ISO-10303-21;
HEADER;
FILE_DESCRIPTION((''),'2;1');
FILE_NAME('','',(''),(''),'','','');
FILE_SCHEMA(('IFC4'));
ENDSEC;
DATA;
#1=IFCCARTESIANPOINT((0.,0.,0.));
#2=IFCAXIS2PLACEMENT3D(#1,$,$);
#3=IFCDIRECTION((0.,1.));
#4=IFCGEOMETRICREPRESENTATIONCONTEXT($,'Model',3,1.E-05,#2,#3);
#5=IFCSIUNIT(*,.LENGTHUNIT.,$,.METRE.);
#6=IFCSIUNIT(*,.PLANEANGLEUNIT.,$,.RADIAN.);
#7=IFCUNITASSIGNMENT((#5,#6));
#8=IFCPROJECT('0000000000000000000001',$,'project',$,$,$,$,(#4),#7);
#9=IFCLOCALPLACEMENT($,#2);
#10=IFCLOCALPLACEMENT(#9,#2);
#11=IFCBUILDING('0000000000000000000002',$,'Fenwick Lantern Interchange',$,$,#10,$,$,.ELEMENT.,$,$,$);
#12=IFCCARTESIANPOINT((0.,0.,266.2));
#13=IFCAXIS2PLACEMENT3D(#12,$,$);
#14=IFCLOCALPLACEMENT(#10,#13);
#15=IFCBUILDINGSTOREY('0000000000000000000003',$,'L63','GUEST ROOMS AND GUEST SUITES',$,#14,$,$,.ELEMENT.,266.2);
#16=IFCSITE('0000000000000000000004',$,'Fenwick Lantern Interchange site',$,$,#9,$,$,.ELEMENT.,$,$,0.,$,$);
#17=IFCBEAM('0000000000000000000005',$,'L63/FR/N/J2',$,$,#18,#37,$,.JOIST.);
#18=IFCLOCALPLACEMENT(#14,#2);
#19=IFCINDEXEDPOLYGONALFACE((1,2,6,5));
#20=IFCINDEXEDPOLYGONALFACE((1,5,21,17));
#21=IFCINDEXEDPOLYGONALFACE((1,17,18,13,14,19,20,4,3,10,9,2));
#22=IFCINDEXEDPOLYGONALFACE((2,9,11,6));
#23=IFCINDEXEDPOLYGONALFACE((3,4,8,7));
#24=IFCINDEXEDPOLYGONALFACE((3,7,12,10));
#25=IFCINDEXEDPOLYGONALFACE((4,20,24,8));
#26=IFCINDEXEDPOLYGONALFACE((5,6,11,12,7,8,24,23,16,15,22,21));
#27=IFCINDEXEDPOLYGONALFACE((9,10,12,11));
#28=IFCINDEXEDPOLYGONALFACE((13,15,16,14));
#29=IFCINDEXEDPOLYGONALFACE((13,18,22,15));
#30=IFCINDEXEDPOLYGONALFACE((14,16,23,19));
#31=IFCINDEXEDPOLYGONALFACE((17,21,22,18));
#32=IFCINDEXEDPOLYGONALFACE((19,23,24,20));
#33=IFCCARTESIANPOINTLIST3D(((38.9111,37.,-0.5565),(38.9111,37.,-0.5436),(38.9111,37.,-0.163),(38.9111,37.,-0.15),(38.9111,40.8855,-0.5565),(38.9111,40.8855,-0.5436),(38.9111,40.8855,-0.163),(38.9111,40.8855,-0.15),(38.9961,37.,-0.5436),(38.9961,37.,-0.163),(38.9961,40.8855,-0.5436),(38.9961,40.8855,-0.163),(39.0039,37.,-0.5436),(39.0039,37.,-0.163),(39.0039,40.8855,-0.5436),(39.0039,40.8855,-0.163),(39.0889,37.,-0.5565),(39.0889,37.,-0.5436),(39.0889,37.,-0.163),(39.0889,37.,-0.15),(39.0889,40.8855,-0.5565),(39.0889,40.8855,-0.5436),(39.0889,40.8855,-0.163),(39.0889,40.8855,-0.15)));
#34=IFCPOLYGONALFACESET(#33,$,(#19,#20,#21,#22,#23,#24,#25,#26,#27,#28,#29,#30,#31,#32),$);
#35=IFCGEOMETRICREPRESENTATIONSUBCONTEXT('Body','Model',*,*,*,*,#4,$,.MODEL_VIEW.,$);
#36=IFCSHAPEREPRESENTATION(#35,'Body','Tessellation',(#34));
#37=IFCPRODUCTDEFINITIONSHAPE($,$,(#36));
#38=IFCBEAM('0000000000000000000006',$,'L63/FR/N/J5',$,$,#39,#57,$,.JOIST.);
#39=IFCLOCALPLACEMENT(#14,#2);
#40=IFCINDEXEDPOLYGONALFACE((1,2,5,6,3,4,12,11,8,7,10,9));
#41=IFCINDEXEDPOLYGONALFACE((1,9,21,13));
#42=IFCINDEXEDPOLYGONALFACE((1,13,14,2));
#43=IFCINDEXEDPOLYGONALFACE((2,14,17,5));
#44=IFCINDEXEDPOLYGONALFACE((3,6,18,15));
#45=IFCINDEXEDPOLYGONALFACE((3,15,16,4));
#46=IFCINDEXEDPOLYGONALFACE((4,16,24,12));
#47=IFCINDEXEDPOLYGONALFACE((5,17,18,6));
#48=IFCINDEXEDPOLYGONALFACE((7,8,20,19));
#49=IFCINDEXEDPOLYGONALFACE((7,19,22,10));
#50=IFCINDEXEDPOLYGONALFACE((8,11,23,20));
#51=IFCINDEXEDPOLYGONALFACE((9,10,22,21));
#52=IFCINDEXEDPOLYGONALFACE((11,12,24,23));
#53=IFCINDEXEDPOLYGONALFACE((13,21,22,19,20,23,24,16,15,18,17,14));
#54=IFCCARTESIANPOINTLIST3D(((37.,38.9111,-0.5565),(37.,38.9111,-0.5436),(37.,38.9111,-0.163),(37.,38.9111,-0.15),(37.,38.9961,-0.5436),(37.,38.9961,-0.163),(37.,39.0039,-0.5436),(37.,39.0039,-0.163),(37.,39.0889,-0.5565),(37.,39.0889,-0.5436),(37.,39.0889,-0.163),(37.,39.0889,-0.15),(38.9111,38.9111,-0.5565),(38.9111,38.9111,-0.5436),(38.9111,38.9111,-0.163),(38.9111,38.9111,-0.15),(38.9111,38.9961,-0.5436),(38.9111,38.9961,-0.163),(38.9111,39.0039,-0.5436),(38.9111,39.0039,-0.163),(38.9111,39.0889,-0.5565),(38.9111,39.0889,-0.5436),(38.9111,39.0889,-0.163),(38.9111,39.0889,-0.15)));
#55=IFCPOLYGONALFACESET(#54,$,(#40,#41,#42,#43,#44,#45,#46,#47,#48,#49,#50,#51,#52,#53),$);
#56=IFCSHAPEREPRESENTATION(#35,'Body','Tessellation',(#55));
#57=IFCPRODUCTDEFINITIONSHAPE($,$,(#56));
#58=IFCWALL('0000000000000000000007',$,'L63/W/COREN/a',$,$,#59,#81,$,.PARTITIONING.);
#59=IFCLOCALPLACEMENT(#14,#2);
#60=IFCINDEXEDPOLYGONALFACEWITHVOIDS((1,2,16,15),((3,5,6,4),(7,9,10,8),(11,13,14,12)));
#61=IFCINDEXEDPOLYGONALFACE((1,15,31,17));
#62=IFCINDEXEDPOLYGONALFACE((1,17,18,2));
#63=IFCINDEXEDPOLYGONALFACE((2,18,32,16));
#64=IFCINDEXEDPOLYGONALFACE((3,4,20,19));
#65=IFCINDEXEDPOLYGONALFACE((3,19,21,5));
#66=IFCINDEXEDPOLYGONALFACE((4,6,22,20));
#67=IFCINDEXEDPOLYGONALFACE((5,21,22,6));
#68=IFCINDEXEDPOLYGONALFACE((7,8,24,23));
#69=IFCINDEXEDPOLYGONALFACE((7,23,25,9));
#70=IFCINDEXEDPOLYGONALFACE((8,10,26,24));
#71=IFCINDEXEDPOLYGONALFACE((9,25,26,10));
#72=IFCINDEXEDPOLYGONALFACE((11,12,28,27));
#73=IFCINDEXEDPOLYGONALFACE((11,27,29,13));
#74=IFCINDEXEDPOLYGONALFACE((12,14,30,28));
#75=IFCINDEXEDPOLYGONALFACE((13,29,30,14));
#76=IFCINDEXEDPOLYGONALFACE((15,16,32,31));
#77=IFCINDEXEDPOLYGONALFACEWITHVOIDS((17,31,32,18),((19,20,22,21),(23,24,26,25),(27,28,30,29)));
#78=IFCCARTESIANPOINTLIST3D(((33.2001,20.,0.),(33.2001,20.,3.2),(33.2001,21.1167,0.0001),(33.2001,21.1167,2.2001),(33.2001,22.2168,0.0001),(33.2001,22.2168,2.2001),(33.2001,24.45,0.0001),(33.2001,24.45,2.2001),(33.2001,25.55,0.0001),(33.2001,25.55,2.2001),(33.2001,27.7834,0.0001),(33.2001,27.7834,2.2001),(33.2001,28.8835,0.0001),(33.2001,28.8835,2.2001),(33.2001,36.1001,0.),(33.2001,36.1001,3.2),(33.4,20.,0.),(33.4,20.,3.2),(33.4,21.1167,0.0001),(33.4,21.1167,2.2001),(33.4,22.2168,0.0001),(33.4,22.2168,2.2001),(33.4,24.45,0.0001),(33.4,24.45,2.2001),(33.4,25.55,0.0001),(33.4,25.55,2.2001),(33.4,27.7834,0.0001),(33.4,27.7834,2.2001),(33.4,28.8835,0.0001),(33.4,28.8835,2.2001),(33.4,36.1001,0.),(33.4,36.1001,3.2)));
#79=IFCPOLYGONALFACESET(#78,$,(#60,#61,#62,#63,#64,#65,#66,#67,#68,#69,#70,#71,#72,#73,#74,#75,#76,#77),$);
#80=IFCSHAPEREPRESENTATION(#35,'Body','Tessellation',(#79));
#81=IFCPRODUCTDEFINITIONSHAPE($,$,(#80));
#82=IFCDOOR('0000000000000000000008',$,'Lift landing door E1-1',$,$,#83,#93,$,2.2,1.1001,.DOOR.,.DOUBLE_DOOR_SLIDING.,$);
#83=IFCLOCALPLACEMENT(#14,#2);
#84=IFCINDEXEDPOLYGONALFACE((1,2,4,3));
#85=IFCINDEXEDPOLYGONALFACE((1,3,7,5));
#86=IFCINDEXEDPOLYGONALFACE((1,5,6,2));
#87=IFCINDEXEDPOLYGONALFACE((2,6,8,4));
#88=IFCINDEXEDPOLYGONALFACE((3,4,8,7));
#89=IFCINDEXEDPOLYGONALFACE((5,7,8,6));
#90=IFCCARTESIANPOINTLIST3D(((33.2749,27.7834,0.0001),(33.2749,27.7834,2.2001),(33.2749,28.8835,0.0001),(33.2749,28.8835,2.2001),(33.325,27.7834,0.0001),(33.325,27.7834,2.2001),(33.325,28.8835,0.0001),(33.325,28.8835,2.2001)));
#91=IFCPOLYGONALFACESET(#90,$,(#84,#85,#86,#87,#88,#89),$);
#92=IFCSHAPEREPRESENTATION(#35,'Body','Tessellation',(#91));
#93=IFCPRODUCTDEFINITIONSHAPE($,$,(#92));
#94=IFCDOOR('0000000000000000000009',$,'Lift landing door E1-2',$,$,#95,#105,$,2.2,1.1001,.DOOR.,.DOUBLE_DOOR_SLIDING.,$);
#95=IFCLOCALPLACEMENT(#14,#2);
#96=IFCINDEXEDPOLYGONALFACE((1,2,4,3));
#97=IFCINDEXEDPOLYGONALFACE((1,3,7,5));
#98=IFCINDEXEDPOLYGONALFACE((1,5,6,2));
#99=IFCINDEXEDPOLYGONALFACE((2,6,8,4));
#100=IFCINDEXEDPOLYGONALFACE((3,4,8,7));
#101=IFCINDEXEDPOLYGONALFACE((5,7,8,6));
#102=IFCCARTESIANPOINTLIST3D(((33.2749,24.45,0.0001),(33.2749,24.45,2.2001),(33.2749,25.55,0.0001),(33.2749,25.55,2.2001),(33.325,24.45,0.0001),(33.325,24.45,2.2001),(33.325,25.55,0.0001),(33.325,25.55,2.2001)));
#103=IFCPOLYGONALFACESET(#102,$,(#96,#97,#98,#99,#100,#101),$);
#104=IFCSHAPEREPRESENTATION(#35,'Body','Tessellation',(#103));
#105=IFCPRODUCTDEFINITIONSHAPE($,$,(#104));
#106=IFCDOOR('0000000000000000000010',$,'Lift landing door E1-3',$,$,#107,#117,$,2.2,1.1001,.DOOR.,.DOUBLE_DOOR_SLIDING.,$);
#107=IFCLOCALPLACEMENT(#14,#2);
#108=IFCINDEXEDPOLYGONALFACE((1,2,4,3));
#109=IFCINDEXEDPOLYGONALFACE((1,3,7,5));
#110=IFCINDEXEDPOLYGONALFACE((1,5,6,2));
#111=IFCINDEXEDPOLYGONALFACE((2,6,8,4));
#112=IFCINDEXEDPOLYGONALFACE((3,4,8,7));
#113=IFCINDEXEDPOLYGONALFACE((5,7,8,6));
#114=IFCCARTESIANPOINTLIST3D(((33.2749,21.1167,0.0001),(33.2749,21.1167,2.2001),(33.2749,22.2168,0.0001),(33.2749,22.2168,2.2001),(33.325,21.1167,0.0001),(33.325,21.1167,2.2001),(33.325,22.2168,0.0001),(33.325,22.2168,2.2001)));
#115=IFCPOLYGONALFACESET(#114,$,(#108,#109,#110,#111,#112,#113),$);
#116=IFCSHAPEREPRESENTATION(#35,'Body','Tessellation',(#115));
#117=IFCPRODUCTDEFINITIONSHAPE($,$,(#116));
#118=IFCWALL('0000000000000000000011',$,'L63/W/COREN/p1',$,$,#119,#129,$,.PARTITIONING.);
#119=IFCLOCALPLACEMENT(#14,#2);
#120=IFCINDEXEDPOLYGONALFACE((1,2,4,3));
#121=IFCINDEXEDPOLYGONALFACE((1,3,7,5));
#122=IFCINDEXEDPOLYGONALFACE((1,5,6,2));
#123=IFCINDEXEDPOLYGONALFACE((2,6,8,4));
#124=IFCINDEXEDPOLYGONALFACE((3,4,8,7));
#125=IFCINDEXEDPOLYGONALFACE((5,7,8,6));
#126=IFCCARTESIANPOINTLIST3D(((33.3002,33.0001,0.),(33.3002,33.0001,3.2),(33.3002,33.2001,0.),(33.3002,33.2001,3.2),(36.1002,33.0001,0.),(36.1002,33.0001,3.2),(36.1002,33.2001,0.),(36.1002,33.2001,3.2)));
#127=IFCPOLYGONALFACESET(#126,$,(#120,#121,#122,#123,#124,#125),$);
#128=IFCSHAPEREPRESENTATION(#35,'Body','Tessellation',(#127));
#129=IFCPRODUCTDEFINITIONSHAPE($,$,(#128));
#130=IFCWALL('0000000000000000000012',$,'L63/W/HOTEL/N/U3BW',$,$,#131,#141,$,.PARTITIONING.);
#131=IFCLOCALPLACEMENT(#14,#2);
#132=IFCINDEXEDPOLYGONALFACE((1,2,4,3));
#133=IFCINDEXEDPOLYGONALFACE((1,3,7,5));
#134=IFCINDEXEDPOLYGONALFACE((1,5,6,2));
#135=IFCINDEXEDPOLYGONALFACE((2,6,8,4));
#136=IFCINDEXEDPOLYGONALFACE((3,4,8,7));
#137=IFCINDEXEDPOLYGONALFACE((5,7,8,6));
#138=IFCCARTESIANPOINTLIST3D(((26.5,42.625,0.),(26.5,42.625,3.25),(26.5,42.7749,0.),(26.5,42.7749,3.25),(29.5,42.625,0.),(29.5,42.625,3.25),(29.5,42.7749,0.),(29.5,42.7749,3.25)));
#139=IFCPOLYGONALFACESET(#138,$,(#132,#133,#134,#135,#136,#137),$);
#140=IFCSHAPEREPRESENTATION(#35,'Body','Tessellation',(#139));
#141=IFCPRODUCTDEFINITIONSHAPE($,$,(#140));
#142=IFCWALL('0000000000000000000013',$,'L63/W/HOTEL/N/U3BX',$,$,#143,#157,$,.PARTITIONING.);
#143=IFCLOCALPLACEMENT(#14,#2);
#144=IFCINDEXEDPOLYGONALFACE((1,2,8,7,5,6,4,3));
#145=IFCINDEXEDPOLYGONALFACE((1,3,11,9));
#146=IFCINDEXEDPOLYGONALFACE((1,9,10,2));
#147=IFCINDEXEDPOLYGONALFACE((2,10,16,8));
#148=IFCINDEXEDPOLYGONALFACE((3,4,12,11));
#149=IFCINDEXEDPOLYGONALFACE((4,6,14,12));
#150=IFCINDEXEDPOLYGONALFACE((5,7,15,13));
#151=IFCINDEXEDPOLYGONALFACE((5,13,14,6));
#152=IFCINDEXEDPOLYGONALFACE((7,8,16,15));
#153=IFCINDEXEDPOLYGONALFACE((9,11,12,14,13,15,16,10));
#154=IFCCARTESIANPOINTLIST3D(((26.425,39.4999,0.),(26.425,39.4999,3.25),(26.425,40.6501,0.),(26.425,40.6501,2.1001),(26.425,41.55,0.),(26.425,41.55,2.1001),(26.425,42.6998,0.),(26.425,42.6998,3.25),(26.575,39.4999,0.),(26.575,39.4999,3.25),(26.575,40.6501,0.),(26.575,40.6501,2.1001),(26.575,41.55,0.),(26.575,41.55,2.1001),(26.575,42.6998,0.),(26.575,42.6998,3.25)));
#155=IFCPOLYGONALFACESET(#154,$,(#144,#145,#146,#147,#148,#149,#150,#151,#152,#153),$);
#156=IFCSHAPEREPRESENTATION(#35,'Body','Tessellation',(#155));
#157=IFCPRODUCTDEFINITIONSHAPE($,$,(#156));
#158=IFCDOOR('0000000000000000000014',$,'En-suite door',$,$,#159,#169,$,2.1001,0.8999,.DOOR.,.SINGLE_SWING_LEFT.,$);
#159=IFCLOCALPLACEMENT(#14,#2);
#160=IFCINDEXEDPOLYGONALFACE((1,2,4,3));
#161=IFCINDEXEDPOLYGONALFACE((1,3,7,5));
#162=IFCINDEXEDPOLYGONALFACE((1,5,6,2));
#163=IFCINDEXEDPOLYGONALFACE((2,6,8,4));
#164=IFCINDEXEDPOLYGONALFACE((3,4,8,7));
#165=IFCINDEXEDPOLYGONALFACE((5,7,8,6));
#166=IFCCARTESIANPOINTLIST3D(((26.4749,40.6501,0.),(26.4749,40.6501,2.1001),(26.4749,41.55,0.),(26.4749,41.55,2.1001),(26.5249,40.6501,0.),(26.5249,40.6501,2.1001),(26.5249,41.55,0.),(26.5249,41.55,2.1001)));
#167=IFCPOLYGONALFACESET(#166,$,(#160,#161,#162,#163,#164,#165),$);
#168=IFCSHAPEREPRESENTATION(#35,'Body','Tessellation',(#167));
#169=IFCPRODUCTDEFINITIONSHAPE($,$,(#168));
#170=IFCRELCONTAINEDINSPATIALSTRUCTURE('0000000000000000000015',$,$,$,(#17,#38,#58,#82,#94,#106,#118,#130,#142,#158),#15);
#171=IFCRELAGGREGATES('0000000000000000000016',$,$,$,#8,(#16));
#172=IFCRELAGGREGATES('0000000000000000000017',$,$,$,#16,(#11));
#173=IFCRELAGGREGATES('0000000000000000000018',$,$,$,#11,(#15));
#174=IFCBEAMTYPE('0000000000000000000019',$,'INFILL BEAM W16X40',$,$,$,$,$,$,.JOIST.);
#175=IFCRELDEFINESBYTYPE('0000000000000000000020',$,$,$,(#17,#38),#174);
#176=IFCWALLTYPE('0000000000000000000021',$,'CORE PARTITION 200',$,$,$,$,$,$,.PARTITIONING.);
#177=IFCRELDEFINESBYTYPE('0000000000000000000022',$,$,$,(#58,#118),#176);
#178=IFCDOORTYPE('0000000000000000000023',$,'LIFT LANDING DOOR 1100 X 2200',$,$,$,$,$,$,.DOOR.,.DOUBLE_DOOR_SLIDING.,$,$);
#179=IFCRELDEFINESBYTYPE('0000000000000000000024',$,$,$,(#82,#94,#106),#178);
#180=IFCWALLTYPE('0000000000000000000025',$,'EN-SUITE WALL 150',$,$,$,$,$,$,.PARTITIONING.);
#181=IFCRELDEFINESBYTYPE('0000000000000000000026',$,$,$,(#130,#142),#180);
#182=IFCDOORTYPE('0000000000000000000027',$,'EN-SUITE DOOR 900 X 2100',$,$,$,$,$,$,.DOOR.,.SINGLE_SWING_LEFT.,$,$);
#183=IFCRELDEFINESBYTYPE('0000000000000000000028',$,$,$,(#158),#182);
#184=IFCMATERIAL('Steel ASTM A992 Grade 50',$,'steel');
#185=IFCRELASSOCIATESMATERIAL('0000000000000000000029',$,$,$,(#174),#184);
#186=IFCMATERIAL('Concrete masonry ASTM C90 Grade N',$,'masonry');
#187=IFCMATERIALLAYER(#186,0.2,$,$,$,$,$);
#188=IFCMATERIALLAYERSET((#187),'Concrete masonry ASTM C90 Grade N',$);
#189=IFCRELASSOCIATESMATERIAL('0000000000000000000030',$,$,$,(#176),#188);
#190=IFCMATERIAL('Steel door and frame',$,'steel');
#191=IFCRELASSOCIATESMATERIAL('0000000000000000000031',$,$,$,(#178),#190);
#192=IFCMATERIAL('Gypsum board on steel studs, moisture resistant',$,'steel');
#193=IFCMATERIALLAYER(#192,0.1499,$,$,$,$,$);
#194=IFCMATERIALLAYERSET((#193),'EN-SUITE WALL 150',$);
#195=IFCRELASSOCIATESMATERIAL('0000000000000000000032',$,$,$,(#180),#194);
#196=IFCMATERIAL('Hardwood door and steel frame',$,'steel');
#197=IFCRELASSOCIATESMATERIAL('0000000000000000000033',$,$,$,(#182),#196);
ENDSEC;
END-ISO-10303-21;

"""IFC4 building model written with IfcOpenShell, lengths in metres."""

from ifc_helpers import new_model, si_unit, direction, frame, frame_2d, origin, origin_2d, place, context, subcontext, project, spatial, rectangle, i_section, extrude, material, layer, layer_set, material_profile, profile_set, type_object, element, fill, save


model = new_model("IFC4")

# Units and contexts
model_context = context("Model", 3, precision=1e-05, world=origin(), true_north=direction((0.0, 1.0)))
body_context = subcontext(model_context, "Body", "Model", "MODEL_VIEW")
ifc_project = project(units=[si_unit("LENGTHUNIT", "METRE"), si_unit("PLANEANGLEUNIT", "RADIAN")], contexts=[model_context])

# Site, building, storey
site_placement = place(None, origin())
site = spatial("IfcSite", under=ifc_project, at=site_placement, Name="Fenwick Lantern Interchange site", CompositionType="ELEMENT", RefElevation=0.0)
building_placement = place(site_placement, origin())
building = spatial("IfcBuilding", under=site, at=building_placement, Name="Fenwick Lantern Interchange", CompositionType="ELEMENT")
storey_placement = place(building_placement, frame((0.0, 0.0, 266.2)))
storey = spatial("IfcBuildingStorey", under=building, at=storey_placement, Name="L63", Description="GUEST ROOMS AND GUEST SUITES", CompositionType="ELEMENT", Elevation=266.2)

# Beams
ifc_material_1 = material(Name="Steel ASTM A992 Grade 50", Category="steel")
ifc_material_profile = material_profile(ifc_material_1, i_section(OverallWidth=0.1777, OverallDepth=0.4065, WebThickness=0.0078, FlangeThickness=0.0129, at=origin_2d()), Name="W16X40")
ifc_profile_set = profile_set([ifc_material_profile], Name="Steel ASTM A992 Grade 50")
beam_type = type_object("IfcBeamType", Name="INFILL BEAM W16X40", PredefinedType="JOIST", material=ifc_profile_set)
beam_1_placement = place(storey_placement, frame((39.0, 40.8855, -0.3533), z_axis=(0.0, -1.0, 0.0), x_axis=(1.0, 0.0, 0.0)))
element("IfcBeam", 1, at=beam_1_placement, inside=storey, type_object=beam_type, Name="L63/FR/N/J2", PredefinedType="JOIST", context=body_context, shape_type="SweptSolid", body=[
    extrude(i_section(OverallWidth=0.1777, OverallDepth=0.4065, WebThickness=0.0078, FlangeThickness=0.0129, at=origin_2d()), origin(), (0.0, 0.0, 1.0), 3.8855),
])
beam_2_placement = place(storey_placement, frame((38.9111, 39.0, -0.3533), z_axis=(-1.0, 0.0, 0.0), x_axis=(0.0, -1.0, 0.0)))
element("IfcBeam", 2, at=beam_2_placement, inside=storey, type_object=beam_type, Name="L63/FR/N/J5", PredefinedType="JOIST", context=body_context, shape_type="SweptSolid", body=[
    extrude(i_section(OverallWidth=0.1777, OverallDepth=0.4065, WebThickness=0.0078, FlangeThickness=0.0129, at=origin_2d()), origin(), (0.0, 0.0, 1.0), 1.9111),
])

# Wall, openings, doors
ifc_material_2 = material(Name="Concrete masonry ASTM C90 Grade N", Category="masonry")
ifc_layer_1 = layer(ifc_material_2, 0.2)
ifc_layer_set_1 = layer_set([ifc_layer_1], Name="Concrete masonry ASTM C90 Grade N")
wall_type_1 = type_object("IfcWallType", Name="CORE PARTITION 200", PredefinedType="PARTITIONING", material=ifc_layer_set_1)
wall_1_placement = place(storey_placement, frame((33.3, 36.1001, 0.0), z_axis=(0.0, 0.0, 1.0), x_axis=(0.0, -1.0, 0.0)))
wall_1 = element("IfcWall", 3, at=wall_1_placement, inside=storey, type_object=wall_type_1, Name="L63/W/COREN/a", PredefinedType="PARTITIONING", context=body_context, shape_type="SweptSolid", body=[
    extrude(rectangle(XDim=16.1001, YDim=0.2, at=frame_2d((8.05, 0.0))), origin(), (0.0, 0.0, 1.0), 3.2),
])
opening_1_placement = place(wall_1_placement, frame((7.2166, 0.0, 0.0)))
opening_1 = element("IfcOpeningElement", 4, at=opening_1_placement, cuts=wall_1, PredefinedType="OPENING", context=body_context, shape_type="SweptSolid", body=[
    extrude(rectangle(XDim=1.1001, YDim=2.2, at=frame_2d((0.55, 1.1001))), frame((0.0, 0.1099, 0.0), z_axis=(0.0, -1.0, 0.0), x_axis=(1.0, 0.0, 0.0)), (0.0, 0.0, 1.0), 0.22),
])
opening_2_placement = place(wall_1_placement, frame((10.55, 0.0, 0.0)))
opening_2 = element("IfcOpeningElement", 5, at=opening_2_placement, cuts=wall_1, PredefinedType="OPENING", context=body_context, shape_type="SweptSolid", body=[
    extrude(rectangle(XDim=1.1001, YDim=2.2, at=frame_2d((0.55, 1.1001))), frame((0.0, 0.1099, 0.0), z_axis=(0.0, -1.0, 0.0), x_axis=(1.0, 0.0, 0.0)), (0.0, 0.0, 1.0), 0.22),
])
opening_3_placement = place(wall_1_placement, frame((13.8833, 0.0, 0.0)))
opening_3 = element("IfcOpeningElement", 6, at=opening_3_placement, cuts=wall_1, PredefinedType="OPENING", context=body_context, shape_type="SweptSolid", body=[
    extrude(rectangle(XDim=1.1001, YDim=2.2, at=frame_2d((0.55, 1.1001))), frame((0.0, 0.1099, 0.0), z_axis=(0.0, -1.0, 0.0), x_axis=(1.0, 0.0, 0.0)), (0.0, 0.0, 1.0), 0.22),
])
ifc_material_3 = material(Name="Steel door and frame", Category="steel")
door_type_1 = type_object("IfcDoorType", Name="LIFT LANDING DOOR 1100 X 2200", OperationType="DOUBLE_DOOR_SLIDING", PredefinedType="DOOR", material=ifc_material_3)
door_1_placement = place(opening_1_placement, origin())
door_1 = element("IfcDoor", 7, at=door_1_placement, inside=storey, type_object=door_type_1, Name="Lift landing door E1-1", OperationType="DOUBLE_DOOR_SLIDING", OverallHeight=2.2, OverallWidth=1.1001, PredefinedType="DOOR", context=body_context, shape_type="SweptSolid", body=[
    extrude(rectangle(XDim=1.1001, YDim=2.2, at=frame_2d((0.55, 1.1001))), frame((0.0, 0.0249, 0.0), z_axis=(0.0, -1.0, 0.0), x_axis=(1.0, 0.0, 0.0)), (0.0, 0.0, 1.0), 0.05),
])
fill(opening_1, door_1)
door_2_placement = place(opening_2_placement, origin())
door_2 = element("IfcDoor", 8, at=door_2_placement, inside=storey, type_object=door_type_1, Name="Lift landing door E1-2", OperationType="DOUBLE_DOOR_SLIDING", OverallHeight=2.2, OverallWidth=1.1001, PredefinedType="DOOR", context=body_context, shape_type="SweptSolid", body=[
    extrude(rectangle(XDim=1.1001, YDim=2.2, at=frame_2d((0.55, 1.1001))), frame((0.0, 0.0249, 0.0), z_axis=(0.0, -1.0, 0.0), x_axis=(1.0, 0.0, 0.0)), (0.0, 0.0, 1.0), 0.05),
])
fill(opening_2, door_2)
door_3_placement = place(opening_3_placement, origin())
door_3 = element("IfcDoor", 9, at=door_3_placement, inside=storey, type_object=door_type_1, Name="Lift landing door E1-3", OperationType="DOUBLE_DOOR_SLIDING", OverallHeight=2.2, OverallWidth=1.1001, PredefinedType="DOOR", context=body_context, shape_type="SweptSolid", body=[
    extrude(rectangle(XDim=1.1001, YDim=2.2, at=frame_2d((0.55, 1.1001))), frame((0.0, 0.0249, 0.0), z_axis=(0.0, -1.0, 0.0), x_axis=(1.0, 0.0, 0.0)), (0.0, 0.0, 1.0), 0.05),
])
fill(opening_3, door_3)

# Wall
wall_2_placement = place(storey_placement, frame((36.1001, 33.1001, 0.0), z_axis=(0.0, 0.0, 1.0), x_axis=(-1.0, 0.0, 0.0)))
element("IfcWall", 10, at=wall_2_placement, inside=storey, type_object=wall_type_1, Name="L63/W/COREN/p1", PredefinedType="PARTITIONING", context=body_context, shape_type="SweptSolid", body=[
    extrude(rectangle(XDim=2.8, YDim=0.2, at=frame_2d((1.3999, 0.0))), origin(), (0.0, 0.0, 1.0), 3.2),
])

# Shared definitions
ifc_material_4 = material(Name="Hardwood door and steel frame", Category="steel")

# Wall
ifc_material_5 = material(Name="Gypsum board on steel studs, moisture resistant", Category="steel")
ifc_layer_2 = layer(ifc_material_5, 0.1499)
ifc_layer_set_2 = layer_set([ifc_layer_2], Name="EN-SUITE WALL 150")
wall_type_2 = type_object("IfcWallType", Name="EN-SUITE WALL 150", PredefinedType="PARTITIONING", material=ifc_layer_set_2)
wall_3_placement = place(storey_placement, frame((29.5, 42.7, 0.0), z_axis=(0.0, 0.0, 1.0), x_axis=(-1.0, 0.0, 0.0)))
element("IfcWall", 11, at=wall_3_placement, inside=storey, type_object=wall_type_2, Name="L63/W/HOTEL/N/U3BW", PredefinedType="PARTITIONING", context=body_context, shape_type="SweptSolid", body=[
    extrude(rectangle(XDim=3.0, YDim=0.1499, at=frame_2d((1.5, 0.0))), origin(), (0.0, 0.0, 1.0), 3.25),
])

# Wall, opening, door
wall_4_placement = place(storey_placement, frame((26.5, 42.7, 0.0), z_axis=(0.0, 0.0, 1.0), x_axis=(0.0, -1.0, 0.0)))
wall_4 = element("IfcWall", 12, at=wall_4_placement, inside=storey, type_object=wall_type_2, Name="L63/W/HOTEL/N/U3BX", PredefinedType="PARTITIONING", context=body_context, shape_type="SweptSolid", body=[
    extrude(rectangle(XDim=3.2, YDim=0.1499, at=frame_2d((1.6001, 0.0))), origin(), (0.0, 0.0, 1.0), 3.25),
])
opening_4_placement = place(wall_4_placement, frame((1.1499, 0.0, 0.0)))
opening_4 = element("IfcOpeningElement", 13, at=opening_4_placement, cuts=wall_4, PredefinedType="OPENING", context=body_context, shape_type="SweptSolid", body=[
    extrude(rectangle(XDim=0.8999, YDim=2.1001, at=frame_2d((0.45, 1.05))), frame((0.0, 0.085, 0.0), z_axis=(0.0, -1.0, 0.0), x_axis=(1.0, 0.0, 0.0)), (0.0, 0.0, 1.0), 0.1699),
])
door_type_2 = type_object("IfcDoorType", Name="EN-SUITE DOOR 900 X 2100", OperationType="SINGLE_SWING_LEFT", PredefinedType="DOOR", material=ifc_material_4)
door_4_placement = place(opening_4_placement, origin())
door_4 = element("IfcDoor", 14, at=door_4_placement, inside=storey, type_object=door_type_2, Name="En-suite door", OperationType="SINGLE_SWING_LEFT", OverallHeight=2.1001, OverallWidth=0.8999, PredefinedType="DOOR", context=body_context, shape_type="SweptSolid", body=[
    extrude(rectangle(XDim=0.8999, YDim=2.1001, at=frame_2d((0.45, 1.05))), frame((0.0, 0.0249, 0.0), z_axis=(0.0, -1.0, 0.0), x_axis=(1.0, 0.0, 0.0)), (0.0, 0.0, 1.0), 0.05),
])
fill(opening_4, door_4)

save(model, "model.ifc")
